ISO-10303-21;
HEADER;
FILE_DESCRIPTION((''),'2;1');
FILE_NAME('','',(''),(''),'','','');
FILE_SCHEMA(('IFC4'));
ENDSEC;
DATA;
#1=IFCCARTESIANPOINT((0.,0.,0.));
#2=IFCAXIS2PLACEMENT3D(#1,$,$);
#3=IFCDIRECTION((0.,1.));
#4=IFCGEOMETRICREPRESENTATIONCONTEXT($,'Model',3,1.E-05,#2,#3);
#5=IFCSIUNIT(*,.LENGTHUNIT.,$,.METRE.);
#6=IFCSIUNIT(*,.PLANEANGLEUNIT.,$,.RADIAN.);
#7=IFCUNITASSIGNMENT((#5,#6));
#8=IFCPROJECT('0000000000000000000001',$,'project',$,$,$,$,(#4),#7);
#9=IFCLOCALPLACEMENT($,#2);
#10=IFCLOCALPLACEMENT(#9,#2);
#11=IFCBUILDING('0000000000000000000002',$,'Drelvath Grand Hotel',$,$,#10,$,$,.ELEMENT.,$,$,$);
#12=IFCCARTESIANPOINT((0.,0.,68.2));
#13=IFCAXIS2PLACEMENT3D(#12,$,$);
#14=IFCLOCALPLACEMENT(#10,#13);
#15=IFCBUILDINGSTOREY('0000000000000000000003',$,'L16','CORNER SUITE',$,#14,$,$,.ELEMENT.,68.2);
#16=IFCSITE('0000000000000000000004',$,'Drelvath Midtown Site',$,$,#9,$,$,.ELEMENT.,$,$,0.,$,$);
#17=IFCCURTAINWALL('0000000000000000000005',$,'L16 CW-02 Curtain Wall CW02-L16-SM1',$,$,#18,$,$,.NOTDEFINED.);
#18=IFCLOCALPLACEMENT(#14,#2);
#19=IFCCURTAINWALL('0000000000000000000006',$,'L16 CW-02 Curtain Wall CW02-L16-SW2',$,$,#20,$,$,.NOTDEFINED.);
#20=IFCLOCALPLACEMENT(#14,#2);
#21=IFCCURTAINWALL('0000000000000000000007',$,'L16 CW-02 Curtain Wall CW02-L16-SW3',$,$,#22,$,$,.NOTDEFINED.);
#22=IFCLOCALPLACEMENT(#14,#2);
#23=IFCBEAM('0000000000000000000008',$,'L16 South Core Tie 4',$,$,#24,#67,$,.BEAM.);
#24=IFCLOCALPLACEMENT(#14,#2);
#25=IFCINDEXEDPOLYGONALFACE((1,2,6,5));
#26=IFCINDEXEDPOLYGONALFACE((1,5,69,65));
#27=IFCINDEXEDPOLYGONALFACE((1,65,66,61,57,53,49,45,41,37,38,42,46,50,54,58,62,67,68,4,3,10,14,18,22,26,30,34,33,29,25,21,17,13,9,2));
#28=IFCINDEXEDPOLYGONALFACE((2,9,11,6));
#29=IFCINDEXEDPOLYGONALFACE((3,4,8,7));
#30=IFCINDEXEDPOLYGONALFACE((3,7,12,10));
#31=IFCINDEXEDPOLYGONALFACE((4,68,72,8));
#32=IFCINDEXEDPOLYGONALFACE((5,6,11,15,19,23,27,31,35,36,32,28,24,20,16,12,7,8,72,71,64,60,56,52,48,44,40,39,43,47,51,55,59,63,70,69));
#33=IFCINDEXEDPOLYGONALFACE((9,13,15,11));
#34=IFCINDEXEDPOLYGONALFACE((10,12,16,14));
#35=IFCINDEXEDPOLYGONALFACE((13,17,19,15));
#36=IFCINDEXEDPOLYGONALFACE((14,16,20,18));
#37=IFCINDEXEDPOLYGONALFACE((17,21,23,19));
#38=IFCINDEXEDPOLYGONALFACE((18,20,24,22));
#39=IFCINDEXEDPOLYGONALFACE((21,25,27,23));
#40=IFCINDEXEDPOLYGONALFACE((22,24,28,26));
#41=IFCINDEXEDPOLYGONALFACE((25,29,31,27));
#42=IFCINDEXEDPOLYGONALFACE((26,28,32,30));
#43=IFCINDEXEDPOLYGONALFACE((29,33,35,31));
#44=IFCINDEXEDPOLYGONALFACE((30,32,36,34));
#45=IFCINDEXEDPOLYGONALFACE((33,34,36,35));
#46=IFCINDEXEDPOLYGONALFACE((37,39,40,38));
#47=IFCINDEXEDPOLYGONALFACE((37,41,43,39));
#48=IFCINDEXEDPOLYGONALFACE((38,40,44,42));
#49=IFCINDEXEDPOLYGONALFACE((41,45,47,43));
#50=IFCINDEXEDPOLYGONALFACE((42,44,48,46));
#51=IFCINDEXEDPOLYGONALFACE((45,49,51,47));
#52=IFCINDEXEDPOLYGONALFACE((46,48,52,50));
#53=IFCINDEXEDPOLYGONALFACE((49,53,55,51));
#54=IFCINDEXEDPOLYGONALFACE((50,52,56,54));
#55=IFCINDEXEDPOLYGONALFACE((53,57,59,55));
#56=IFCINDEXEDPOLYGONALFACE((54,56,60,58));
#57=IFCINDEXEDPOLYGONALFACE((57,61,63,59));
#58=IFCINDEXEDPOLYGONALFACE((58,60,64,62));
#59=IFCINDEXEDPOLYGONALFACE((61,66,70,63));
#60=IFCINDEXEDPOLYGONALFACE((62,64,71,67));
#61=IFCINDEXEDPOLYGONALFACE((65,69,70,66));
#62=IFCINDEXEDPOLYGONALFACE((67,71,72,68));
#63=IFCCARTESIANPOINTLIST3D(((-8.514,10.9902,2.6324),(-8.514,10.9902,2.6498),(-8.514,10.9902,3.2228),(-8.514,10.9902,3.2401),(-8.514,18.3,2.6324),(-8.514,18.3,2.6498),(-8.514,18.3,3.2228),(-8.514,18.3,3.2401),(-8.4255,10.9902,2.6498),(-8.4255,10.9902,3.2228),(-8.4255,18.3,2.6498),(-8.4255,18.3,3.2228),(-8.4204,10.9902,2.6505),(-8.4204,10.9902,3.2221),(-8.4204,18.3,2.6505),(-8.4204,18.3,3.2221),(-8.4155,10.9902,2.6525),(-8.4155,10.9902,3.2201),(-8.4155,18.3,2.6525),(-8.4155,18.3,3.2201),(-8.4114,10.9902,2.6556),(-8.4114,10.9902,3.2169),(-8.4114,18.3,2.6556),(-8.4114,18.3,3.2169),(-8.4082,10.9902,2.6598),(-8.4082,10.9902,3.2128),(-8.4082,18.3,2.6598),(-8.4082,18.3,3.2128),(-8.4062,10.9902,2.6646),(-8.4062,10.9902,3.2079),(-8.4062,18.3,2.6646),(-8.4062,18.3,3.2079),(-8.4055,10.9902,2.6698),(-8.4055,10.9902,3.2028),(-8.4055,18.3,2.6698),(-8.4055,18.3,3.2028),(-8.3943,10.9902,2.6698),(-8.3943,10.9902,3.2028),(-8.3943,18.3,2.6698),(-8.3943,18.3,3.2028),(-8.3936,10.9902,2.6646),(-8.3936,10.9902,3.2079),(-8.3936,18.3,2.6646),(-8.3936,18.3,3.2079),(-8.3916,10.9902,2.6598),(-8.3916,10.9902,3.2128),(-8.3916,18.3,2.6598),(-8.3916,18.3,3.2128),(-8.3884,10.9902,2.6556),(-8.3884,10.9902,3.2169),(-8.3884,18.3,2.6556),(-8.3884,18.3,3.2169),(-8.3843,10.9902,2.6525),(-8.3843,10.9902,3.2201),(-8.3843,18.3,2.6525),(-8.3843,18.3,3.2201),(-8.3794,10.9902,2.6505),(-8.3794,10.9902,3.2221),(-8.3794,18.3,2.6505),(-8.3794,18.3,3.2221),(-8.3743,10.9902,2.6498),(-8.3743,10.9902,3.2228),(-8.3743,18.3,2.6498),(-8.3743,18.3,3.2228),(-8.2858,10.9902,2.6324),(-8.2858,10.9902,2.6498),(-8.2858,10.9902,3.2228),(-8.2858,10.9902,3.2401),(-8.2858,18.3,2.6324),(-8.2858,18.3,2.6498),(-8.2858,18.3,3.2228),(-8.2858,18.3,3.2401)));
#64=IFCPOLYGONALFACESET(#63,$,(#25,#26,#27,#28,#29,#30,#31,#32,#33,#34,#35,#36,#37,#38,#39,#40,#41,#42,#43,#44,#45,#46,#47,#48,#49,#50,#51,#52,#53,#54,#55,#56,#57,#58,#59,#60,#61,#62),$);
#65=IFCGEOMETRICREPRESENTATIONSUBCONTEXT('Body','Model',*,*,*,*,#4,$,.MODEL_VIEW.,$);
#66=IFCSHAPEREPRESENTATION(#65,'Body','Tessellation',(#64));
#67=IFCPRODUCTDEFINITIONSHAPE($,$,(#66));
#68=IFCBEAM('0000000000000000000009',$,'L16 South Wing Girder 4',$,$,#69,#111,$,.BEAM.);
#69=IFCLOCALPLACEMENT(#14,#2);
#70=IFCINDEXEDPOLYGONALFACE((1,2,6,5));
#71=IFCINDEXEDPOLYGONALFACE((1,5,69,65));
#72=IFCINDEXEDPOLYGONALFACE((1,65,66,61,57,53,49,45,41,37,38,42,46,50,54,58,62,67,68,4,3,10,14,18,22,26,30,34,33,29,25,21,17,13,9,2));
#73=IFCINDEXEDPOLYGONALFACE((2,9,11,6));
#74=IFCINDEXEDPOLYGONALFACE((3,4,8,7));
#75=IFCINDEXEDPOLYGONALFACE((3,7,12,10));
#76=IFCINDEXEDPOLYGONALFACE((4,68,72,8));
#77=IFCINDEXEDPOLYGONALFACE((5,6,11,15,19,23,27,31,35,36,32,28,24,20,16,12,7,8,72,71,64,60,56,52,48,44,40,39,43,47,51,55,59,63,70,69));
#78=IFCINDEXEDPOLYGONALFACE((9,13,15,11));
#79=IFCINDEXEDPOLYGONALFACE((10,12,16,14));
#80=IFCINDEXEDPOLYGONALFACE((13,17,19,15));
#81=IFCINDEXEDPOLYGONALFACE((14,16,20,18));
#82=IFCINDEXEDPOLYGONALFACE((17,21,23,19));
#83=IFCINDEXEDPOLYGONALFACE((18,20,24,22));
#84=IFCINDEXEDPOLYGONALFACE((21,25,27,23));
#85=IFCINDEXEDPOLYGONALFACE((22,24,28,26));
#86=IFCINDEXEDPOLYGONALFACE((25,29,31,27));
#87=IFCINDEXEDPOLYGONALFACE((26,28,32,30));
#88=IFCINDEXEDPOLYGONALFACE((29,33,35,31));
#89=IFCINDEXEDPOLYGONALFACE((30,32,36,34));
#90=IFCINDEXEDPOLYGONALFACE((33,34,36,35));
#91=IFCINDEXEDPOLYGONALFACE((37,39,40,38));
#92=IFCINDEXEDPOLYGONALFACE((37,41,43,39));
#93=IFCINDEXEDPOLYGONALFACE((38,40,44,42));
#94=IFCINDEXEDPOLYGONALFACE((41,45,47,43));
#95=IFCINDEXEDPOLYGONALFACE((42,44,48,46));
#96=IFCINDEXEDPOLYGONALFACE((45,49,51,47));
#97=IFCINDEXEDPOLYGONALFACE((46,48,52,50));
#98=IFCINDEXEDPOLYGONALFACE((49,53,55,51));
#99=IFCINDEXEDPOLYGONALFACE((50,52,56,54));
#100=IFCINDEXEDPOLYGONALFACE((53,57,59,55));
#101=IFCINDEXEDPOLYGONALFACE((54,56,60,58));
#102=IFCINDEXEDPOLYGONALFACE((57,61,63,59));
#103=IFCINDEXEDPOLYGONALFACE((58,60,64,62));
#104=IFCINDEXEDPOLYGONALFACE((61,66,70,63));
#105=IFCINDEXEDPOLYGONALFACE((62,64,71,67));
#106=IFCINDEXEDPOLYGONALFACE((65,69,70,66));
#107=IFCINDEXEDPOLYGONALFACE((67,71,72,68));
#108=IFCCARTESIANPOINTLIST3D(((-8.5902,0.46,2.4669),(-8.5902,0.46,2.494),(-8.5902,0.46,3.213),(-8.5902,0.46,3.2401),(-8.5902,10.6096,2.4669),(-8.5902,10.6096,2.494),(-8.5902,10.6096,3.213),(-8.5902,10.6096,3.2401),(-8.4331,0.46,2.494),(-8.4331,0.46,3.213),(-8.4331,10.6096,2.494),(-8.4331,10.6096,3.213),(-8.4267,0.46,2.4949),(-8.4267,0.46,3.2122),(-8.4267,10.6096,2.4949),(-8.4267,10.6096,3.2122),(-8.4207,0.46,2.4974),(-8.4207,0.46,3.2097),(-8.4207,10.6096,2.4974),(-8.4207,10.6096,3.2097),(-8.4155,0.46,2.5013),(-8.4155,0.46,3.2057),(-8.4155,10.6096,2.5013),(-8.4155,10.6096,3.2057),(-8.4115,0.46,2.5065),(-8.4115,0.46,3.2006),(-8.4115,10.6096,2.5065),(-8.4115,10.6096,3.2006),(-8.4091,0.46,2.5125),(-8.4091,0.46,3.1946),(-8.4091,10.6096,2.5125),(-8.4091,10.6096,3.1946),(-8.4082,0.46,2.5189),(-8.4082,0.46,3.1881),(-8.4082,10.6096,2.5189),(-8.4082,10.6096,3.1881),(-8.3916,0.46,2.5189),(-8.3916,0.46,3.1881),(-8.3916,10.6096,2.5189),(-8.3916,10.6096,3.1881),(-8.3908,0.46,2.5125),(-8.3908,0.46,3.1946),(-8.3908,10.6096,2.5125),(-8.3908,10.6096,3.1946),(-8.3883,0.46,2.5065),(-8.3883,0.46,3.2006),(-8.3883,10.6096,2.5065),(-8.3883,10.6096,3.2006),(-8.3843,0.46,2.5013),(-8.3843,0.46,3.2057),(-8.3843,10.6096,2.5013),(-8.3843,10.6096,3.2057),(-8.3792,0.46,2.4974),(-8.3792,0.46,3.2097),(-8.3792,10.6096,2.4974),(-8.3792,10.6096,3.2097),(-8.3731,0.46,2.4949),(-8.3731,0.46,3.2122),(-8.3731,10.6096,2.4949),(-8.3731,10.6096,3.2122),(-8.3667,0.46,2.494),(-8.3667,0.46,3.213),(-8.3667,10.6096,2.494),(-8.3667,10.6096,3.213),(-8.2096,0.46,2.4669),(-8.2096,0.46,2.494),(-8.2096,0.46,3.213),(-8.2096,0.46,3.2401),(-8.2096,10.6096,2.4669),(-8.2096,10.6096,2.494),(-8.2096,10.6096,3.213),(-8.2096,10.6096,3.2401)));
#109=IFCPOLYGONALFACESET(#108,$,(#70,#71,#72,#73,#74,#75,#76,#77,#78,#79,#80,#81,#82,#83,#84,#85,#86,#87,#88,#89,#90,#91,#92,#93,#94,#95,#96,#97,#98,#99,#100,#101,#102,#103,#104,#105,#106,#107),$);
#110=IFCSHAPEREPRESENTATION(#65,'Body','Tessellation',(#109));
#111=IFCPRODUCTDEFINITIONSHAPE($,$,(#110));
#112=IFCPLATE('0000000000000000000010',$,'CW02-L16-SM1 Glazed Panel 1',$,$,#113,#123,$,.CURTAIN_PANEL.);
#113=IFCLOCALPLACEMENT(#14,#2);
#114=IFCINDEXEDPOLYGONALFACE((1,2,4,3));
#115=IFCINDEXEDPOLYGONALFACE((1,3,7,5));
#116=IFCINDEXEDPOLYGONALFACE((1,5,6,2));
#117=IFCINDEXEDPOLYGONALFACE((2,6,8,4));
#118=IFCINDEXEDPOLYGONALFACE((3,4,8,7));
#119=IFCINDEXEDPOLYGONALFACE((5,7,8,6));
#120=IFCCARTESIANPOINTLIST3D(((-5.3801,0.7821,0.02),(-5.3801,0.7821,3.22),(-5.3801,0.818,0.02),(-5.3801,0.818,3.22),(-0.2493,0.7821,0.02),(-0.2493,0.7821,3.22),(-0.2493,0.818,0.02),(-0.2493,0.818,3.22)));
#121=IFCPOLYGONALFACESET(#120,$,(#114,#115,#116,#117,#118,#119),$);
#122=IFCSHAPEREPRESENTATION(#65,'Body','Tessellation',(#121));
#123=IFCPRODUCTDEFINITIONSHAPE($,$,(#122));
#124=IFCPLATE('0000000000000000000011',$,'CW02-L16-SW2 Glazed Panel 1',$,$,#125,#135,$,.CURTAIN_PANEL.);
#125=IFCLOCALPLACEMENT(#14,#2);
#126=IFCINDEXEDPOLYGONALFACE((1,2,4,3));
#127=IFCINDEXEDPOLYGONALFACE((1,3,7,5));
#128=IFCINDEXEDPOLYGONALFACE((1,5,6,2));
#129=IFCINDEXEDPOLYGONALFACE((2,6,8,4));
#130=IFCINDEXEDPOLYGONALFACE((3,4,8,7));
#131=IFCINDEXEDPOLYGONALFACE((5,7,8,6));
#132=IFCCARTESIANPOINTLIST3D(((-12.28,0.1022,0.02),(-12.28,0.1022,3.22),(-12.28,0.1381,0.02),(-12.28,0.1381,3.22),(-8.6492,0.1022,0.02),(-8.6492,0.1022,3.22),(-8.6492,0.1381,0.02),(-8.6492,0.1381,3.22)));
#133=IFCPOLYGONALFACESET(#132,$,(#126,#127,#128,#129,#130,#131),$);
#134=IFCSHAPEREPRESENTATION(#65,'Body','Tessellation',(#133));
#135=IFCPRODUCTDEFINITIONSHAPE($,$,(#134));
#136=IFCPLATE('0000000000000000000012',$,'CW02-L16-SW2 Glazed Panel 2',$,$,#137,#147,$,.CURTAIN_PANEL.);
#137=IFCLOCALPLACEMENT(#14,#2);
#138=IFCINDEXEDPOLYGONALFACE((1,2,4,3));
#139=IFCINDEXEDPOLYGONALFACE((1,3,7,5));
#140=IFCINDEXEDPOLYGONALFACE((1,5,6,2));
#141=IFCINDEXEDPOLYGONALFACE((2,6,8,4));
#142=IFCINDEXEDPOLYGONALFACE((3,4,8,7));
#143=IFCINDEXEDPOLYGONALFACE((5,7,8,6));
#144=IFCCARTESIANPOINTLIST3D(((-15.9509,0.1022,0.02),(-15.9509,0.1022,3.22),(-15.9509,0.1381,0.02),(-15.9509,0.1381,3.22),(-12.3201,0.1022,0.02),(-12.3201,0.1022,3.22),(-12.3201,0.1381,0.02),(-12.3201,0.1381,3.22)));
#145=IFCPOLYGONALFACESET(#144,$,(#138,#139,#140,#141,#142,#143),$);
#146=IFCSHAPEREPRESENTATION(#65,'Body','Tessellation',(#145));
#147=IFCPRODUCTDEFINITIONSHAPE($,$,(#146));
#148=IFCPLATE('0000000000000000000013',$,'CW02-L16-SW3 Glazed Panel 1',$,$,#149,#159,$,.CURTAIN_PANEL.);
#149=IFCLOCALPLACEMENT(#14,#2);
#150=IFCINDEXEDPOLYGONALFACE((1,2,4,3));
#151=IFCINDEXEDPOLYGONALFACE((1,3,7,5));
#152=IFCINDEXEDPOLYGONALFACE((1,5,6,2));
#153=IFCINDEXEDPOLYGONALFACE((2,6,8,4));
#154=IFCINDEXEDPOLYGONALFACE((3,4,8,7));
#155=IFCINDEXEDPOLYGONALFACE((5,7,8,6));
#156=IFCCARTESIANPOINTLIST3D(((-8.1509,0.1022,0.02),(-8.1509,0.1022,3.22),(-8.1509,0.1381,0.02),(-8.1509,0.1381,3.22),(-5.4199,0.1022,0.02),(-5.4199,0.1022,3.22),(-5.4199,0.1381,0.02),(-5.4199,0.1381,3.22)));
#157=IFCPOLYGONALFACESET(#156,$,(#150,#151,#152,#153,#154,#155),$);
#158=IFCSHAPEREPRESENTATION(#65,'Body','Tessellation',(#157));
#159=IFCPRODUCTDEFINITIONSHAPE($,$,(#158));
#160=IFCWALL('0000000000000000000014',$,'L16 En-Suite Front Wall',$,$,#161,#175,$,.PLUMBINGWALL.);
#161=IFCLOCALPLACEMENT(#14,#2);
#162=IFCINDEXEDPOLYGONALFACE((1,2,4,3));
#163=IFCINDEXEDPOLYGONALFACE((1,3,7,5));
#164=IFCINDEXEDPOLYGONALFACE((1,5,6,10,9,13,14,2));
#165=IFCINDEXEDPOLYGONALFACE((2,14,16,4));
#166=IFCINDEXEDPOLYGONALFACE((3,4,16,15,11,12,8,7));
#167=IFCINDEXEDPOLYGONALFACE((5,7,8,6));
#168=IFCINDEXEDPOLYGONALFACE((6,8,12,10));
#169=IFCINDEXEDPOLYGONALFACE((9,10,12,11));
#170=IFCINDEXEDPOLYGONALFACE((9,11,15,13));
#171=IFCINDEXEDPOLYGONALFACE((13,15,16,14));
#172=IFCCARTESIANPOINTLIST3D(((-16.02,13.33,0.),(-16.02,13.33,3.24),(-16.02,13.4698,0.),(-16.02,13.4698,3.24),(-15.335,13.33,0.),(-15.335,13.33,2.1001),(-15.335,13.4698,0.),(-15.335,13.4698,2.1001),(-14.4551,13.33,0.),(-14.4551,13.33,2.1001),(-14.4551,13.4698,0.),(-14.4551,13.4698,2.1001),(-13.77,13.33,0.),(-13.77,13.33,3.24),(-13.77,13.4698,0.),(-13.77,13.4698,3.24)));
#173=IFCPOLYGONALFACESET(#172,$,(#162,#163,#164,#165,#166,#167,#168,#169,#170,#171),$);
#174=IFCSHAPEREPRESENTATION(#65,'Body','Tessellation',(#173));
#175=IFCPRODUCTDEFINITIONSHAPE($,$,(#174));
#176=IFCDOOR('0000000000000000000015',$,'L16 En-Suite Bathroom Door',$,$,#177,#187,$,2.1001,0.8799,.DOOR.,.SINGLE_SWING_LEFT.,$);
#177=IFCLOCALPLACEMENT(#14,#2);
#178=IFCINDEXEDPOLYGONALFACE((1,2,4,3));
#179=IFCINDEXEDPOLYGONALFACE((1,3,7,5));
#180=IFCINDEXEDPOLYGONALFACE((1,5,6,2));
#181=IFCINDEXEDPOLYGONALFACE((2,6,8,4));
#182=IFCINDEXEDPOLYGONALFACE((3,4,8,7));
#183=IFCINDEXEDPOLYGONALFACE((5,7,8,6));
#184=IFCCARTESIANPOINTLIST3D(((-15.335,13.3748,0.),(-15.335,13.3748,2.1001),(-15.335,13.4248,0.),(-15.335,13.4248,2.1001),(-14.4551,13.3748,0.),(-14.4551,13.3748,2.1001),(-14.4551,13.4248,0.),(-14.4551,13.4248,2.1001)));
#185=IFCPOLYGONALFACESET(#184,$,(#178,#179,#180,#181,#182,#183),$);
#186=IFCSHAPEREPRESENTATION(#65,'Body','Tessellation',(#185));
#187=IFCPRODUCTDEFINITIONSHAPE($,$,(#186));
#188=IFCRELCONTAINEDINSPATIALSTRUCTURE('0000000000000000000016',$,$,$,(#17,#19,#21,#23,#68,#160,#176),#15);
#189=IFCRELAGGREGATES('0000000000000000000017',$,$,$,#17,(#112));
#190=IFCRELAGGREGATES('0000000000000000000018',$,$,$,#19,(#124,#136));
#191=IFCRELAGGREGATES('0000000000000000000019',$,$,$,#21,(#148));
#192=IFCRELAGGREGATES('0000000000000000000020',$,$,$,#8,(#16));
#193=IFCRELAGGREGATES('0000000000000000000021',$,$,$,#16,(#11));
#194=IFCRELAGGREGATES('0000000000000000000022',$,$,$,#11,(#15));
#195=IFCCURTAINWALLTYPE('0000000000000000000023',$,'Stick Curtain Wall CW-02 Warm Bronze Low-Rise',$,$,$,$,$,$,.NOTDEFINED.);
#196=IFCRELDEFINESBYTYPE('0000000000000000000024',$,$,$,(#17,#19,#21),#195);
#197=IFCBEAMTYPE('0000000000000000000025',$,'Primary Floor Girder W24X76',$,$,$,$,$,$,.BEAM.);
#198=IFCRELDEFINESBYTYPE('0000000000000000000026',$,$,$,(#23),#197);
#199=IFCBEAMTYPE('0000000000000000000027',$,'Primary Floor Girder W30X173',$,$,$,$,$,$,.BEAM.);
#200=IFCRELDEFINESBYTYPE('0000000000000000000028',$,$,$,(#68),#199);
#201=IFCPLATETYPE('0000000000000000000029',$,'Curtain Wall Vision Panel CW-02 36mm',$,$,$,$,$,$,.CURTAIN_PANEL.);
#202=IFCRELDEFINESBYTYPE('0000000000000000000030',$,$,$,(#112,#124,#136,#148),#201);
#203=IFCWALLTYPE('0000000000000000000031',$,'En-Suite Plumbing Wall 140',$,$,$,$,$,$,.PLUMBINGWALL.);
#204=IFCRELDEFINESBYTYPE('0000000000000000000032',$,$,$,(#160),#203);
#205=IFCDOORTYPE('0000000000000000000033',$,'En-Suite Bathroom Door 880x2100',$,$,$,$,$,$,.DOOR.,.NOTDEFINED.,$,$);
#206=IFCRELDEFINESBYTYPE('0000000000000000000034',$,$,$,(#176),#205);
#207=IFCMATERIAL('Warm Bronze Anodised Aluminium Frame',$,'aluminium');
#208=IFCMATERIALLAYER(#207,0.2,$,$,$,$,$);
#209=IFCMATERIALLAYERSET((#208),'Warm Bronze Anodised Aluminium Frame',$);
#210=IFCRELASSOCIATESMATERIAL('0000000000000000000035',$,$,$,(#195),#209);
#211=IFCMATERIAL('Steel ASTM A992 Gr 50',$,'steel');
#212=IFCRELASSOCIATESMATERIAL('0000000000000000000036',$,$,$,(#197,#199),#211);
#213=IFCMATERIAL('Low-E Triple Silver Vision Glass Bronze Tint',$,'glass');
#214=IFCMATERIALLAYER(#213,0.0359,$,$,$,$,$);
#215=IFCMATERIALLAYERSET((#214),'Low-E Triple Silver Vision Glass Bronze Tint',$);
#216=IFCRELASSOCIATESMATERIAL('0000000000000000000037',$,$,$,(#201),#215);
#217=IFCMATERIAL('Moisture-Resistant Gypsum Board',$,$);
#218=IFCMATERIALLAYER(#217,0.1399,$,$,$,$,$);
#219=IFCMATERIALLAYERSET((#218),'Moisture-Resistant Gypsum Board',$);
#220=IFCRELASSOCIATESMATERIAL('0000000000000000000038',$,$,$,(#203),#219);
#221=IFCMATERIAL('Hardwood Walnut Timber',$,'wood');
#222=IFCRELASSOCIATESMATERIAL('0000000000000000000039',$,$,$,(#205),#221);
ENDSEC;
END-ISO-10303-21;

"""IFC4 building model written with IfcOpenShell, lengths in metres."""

from ifc_helpers import new_model, si_unit, direction, frame, frame_2d, origin, origin_2d, place, context, subcontext, project, spatial, rectangle, i_section, extrude, material, layer, layer_set, material_profile, profile_set, type_object, element, fill, aggregate, save


model = new_model("IFC4")

# Units and contexts
model_context = context("Model", 3, precision=1e-05, world=origin(), true_north=direction((0.0, 1.0)))
body_context = subcontext(model_context, "Body", "Model", "MODEL_VIEW")
ifc_project = project(units=[si_unit("LENGTHUNIT", "METRE"), si_unit("PLANEANGLEUNIT", "RADIAN")], contexts=[model_context])

# Site, building, storey
site_placement = place(None, origin())
site = spatial("IfcSite", under=ifc_project, at=site_placement, Name="Drelvath Midtown Site", CompositionType="ELEMENT", RefElevation=0.0)
building_placement = place(site_placement, origin())
building = spatial("IfcBuilding", under=site, at=building_placement, Name="Drelvath Grand Hotel", CompositionType="ELEMENT")
storey_placement = place(building_placement, frame((0.0, 0.0, 68.2)))
storey = spatial("IfcBuildingStorey", under=building, at=storey_placement, Name="L16", Description="CORNER SUITE", CompositionType="ELEMENT", Elevation=68.2)

# Shared definitions
ifc_material_1 = material(Name="Steel ASTM A992 Gr 50", Category="steel")

# Curtain walls
ifc_material_2 = material(Name="Warm Bronze Anodised Aluminium Frame", Category="aluminium")
ifc_layer_1 = layer(ifc_material_2, 0.2)
ifc_layer_set_1 = layer_set([ifc_layer_1], Name="Warm Bronze Anodised Aluminium Frame")
curtain_wall_type = type_object("IfcCurtainWallType", Name="Stick Curtain Wall CW-02 Warm Bronze Low-Rise", PredefinedType="NOTDEFINED", material=ifc_layer_set_1)
curtain_wall_1_placement = place(storey_placement, origin())
curtain_wall_1 = element("IfcCurtainWall", 1, at=curtain_wall_1_placement, inside=storey, type_object=curtain_wall_type, Name="L16 CW-02 Curtain Wall CW02-L16-SM1", PredefinedType="NOTDEFINED")
curtain_wall_2_placement = place(storey_placement, origin())
curtain_wall_2 = element("IfcCurtainWall", 2, at=curtain_wall_2_placement, inside=storey, type_object=curtain_wall_type, Name="L16 CW-02 Curtain Wall CW02-L16-SW2", PredefinedType="NOTDEFINED")
curtain_wall_3_placement = place(storey_placement, origin())
curtain_wall_3 = element("IfcCurtainWall", 3, at=curtain_wall_3_placement, inside=storey, type_object=curtain_wall_type, Name="L16 CW-02 Curtain Wall CW02-L16-SW3", PredefinedType="NOTDEFINED")

# Beams
ifc_material_profile_1 = material_profile(ifc_material_1, i_section(OverallWidth=0.2283, OverallDepth=0.6077, WebThickness=0.0112, FlangeThickness=0.0173, FilletRadius=0.02, at=origin_2d()), Name="W24X76")
ifc_profile_set_1 = profile_set([ifc_material_profile_1], Name="Steel ASTM A992 Gr 50")
beam_type_1 = type_object("IfcBeamType", Name="Primary Floor Girder W24X76", PredefinedType="BEAM", material=ifc_profile_set_1)
beam_1_placement = place(storey_placement, frame((-8.3999, 10.9902, 2.9363), z_axis=(0.0, 1.0, 0.0), x_axis=(-1.0, 0.0, 0.0)))
element("IfcBeam", 4, at=beam_1_placement, inside=storey, type_object=beam_type_1, Name="L16 South Core Tie 4", PredefinedType="BEAM", context=body_context, shape_type="SweptSolid", body=[
    extrude(i_section(OverallWidth=0.2283, OverallDepth=0.6077, WebThickness=0.0112, FlangeThickness=0.0173, FilletRadius=0.02, at=origin_2d()), origin(), (0.0, 0.0, 1.0), 7.3098),
])
ifc_material_profile_2 = material_profile(ifc_material_1, i_section(OverallWidth=0.3806, OverallDepth=0.7732, WebThickness=0.0166, FlangeThickness=0.0271, FilletRadius=0.0249, at=origin_2d()), Name="W30X173")
ifc_profile_set_2 = profile_set([ifc_material_profile_2], Name="Steel ASTM A992 Gr 50")
beam_type_2 = type_object("IfcBeamType", Name="Primary Floor Girder W30X173", PredefinedType="BEAM", material=ifc_profile_set_2)
beam_2_placement = place(storey_placement, frame((-8.3999, 0.46, 2.8535), z_axis=(0.0, 1.0, 0.0), x_axis=(-1.0, 0.0, 0.0)))
element("IfcBeam", 5, at=beam_2_placement, inside=storey, type_object=beam_type_2, Name="L16 South Wing Girder 4", PredefinedType="BEAM", context=body_context, shape_type="SweptSolid", body=[
    extrude(i_section(OverallWidth=0.3806, OverallDepth=0.7732, WebThickness=0.0166, FlangeThickness=0.0271, FilletRadius=0.0249, at=origin_2d()), origin(), (0.0, 0.0, 1.0), 10.1497),
])

# Plates
ifc_material_3 = material(Name="Low-E Triple Silver Vision Glass Bronze Tint", Category="glass")
ifc_layer_2 = layer(ifc_material_3, 0.0359)
ifc_layer_set_2 = layer_set([ifc_layer_2], Name="Low-E Triple Silver Vision Glass Bronze Tint")
plate_type = type_object("IfcPlateType", Name="Curtain Wall Vision Panel CW-02 36mm", PredefinedType="CURTAIN_PANEL", material=ifc_layer_set_2)
plate_1_placement = place(storey_placement, frame((-2.8147, 0.8, 0.02), z_axis=(0.0, 0.0, 1.0), x_axis=(-1.0, 0.0, 0.0)))
plate_1 = element("IfcPlate", 6, at=plate_1_placement, type_object=plate_type, Name="CW02-L16-SM1 Glazed Panel 1", PredefinedType="CURTAIN_PANEL", context=body_context, shape_type="SweptSolid", body=[
    extrude(rectangle(XDim=5.1309, YDim=0.0359, at=origin_2d()), origin(), (0.0, 0.0, 1.0), 3.2),
])
aggregate(curtain_wall_1, [plate_1])
plate_2_placement = place(storey_placement, frame((-10.4646, 0.1201, 0.02), z_axis=(0.0, 0.0, 1.0), x_axis=(-1.0, 0.0, 0.0)))
plate_2 = element("IfcPlate", 7, at=plate_2_placement, type_object=plate_type, Name="CW02-L16-SW2 Glazed Panel 1", PredefinedType="CURTAIN_PANEL", context=body_context, shape_type="SweptSolid", body=[
    extrude(rectangle(XDim=3.6309, YDim=0.0359, at=origin_2d()), origin(), (0.0, 0.0, 1.0), 3.2),
])
plate_3_placement = place(storey_placement, frame((-14.1355, 0.1201, 0.02), z_axis=(0.0, 0.0, 1.0), x_axis=(-1.0, 0.0, 0.0)))
plate_3 = element("IfcPlate", 8, at=plate_3_placement, type_object=plate_type, Name="CW02-L16-SW2 Glazed Panel 2", PredefinedType="CURTAIN_PANEL", context=body_context, shape_type="SweptSolid", body=[
    extrude(rectangle(XDim=3.6309, YDim=0.0359, at=origin_2d()), origin(), (0.0, 0.0, 1.0), 3.2),
])
aggregate(curtain_wall_2, [plate_2, plate_3])
plate_4_placement = place(storey_placement, frame((-6.7854, 0.1201, 0.02), z_axis=(0.0, 0.0, 1.0), x_axis=(-1.0, 0.0, 0.0)))
plate_4 = element("IfcPlate", 9, at=plate_4_placement, type_object=plate_type, Name="CW02-L16-SW3 Glazed Panel 1", PredefinedType="CURTAIN_PANEL", context=body_context, shape_type="SweptSolid", body=[
    extrude(rectangle(XDim=2.731, YDim=0.0359, at=origin_2d()), origin(), (0.0, 0.0, 1.0), 3.2),
])
aggregate(curtain_wall_3, [plate_4])

# Wall, opening, door
ifc_material_4 = material(Name="Hardwood Walnut Timber", Category="wood")
ifc_material_5 = material(Name="Moisture-Resistant Gypsum Board")
ifc_layer_3 = layer(ifc_material_5, 0.1399)
ifc_layer_set_3 = layer_set([ifc_layer_3], Name="Moisture-Resistant Gypsum Board")
wall_type_1 = type_object("IfcWallType", Name="En-Suite Plumbing Wall 140", PredefinedType="PLUMBINGWALL", material=ifc_layer_set_3)
wall_1_placement = place(storey_placement, frame((-16.02, 13.3999, 0.0), z_axis=(0.0, 0.0, 1.0), x_axis=(1.0, 0.0, 0.0)))
wall_1 = element("IfcWall", 10, at=wall_1_placement, inside=storey, type_object=wall_type_1, Name="L16 En-Suite Front Wall", PredefinedType="PLUMBINGWALL", context=body_context, shape_type="SweptSolid", body=[
    extrude(rectangle(XDim=2.25, YDim=0.1399, at=frame_2d((1.125, 0.0))), origin(), (0.0, 0.0, 1.0), 3.24),
])
opening_1_placement = place(wall_1_placement, frame((0.6851, 0.0, 0.0)))
opening_1 = element("IfcOpeningElement", 11, at=opening_1_placement, cuts=wall_1, PredefinedType="OPENING", context=body_context, shape_type="SweptSolid", body=[
    extrude(rectangle(XDim=0.8799, YDim=2.1001, at=frame_2d((0.4399, 1.05))), frame((0.0, 0.0798, 0.0), z_axis=(0.0, -1.0, 0.0), x_axis=(1.0, 0.0, 0.0)), (0.0, 0.0, 1.0), 0.1599),
])
door_type_1 = type_object("IfcDoorType", Name="En-Suite Bathroom Door 880x2100", OperationType="NOTDEFINED", PredefinedType="DOOR", material=ifc_material_4)
door_1_placement = place(opening_1_placement, origin())
door_1 = element("IfcDoor", 12, at=door_1_placement, inside=storey, type_object=door_type_1, Name="L16 En-Suite Bathroom Door", OperationType="SINGLE_SWING_LEFT", OverallHeight=2.1001, OverallWidth=0.8799, PredefinedType="DOOR", context=body_context, shape_type="SweptSolid", body=[
    extrude(rectangle(XDim=0.8799, YDim=2.1001, at=frame_2d((0.4399, 1.05))), frame((0.0, 0.0249, 0.0), z_axis=(0.0, -1.0, 0.0), x_axis=(1.0, 0.0, 0.0)), (0.0, 0.0, 1.0), 0.05),
])
fill(opening_1, door_1)

save(model, "model.ifc")
